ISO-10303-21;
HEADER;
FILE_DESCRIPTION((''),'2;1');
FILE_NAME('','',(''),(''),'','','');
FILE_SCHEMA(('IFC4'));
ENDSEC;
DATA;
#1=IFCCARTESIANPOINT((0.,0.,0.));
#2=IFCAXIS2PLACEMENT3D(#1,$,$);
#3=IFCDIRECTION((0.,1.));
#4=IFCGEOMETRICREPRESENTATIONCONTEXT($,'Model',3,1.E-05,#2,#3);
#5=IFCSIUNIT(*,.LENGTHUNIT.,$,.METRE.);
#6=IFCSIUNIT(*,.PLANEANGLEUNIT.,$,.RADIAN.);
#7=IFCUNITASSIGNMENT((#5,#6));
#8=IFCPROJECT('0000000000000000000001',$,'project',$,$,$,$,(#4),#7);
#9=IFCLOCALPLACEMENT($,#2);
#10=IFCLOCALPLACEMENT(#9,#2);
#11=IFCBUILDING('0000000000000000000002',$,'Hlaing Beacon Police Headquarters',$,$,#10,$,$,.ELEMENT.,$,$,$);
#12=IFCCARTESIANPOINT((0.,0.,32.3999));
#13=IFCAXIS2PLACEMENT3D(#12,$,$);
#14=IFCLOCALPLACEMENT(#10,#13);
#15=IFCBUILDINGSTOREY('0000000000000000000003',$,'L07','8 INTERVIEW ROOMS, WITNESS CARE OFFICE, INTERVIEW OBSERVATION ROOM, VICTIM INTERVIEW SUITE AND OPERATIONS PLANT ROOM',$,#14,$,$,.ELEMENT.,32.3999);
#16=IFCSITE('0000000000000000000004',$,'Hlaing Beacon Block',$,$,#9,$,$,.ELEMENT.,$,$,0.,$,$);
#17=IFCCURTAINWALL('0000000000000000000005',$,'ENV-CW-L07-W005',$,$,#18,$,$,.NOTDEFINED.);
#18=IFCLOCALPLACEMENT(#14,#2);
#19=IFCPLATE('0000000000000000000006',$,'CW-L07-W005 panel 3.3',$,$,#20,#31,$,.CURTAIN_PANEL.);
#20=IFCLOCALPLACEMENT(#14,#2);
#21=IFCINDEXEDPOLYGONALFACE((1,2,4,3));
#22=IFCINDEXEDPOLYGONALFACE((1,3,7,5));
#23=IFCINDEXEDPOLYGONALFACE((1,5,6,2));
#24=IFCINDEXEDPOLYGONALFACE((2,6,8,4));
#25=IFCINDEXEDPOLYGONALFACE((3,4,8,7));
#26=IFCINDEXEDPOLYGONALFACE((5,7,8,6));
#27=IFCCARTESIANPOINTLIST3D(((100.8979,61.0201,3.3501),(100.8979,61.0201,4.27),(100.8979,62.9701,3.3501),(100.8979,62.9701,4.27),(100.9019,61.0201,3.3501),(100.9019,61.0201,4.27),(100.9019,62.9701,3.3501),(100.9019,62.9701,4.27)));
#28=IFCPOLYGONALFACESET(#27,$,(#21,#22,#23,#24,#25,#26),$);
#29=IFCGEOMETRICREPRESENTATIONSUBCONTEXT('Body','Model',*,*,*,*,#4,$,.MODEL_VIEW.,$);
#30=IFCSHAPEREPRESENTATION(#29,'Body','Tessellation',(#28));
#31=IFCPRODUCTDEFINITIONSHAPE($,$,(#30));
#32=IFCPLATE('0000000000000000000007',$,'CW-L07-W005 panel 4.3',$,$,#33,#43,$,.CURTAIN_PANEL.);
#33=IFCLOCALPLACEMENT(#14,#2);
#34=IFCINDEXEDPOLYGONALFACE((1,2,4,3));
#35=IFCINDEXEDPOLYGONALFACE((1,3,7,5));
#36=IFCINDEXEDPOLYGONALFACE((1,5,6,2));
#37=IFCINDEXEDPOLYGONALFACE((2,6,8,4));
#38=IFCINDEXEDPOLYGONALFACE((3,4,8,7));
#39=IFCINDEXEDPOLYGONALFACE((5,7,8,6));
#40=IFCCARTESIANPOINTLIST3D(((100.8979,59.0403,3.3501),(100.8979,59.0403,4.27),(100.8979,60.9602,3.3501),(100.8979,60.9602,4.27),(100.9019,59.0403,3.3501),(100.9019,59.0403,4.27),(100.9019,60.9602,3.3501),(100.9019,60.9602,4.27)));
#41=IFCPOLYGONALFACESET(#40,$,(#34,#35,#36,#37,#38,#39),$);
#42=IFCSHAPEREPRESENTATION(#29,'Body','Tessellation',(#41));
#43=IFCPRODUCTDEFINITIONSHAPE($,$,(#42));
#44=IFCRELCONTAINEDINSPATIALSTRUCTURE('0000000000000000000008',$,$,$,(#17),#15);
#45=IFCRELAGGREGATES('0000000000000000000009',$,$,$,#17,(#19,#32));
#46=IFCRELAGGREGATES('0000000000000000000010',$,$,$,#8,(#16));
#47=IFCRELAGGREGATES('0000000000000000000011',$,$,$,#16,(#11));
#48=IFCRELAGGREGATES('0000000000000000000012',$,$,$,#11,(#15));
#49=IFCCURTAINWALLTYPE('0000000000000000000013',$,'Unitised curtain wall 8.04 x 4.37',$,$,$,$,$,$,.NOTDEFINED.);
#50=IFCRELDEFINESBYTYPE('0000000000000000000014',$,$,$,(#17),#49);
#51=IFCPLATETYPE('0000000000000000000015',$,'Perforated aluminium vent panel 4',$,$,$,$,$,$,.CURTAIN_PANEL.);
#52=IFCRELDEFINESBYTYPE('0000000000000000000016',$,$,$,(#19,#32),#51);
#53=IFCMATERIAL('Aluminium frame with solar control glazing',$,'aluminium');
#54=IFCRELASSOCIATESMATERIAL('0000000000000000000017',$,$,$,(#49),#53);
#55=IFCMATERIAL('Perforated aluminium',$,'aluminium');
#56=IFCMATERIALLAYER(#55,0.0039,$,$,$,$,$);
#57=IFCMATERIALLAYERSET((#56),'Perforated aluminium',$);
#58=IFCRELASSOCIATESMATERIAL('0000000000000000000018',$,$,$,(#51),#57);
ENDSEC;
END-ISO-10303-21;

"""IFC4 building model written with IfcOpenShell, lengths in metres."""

from ifc_helpers import new_model, si_unit, direction, frame, origin, origin_2d, place, context, subcontext, project, spatial, rectangle, extrude, material, layer, layer_set, type_object, element, aggregate, save


model = new_model("IFC4")

# Units and contexts
model_context = context("Model", 3, precision=1e-05, world=origin(), true_north=direction((0.0, 1.0)))
body_context = subcontext(model_context, "Body", "Model", "MODEL_VIEW")
ifc_project = project(units=[si_unit("LENGTHUNIT", "METRE"), si_unit("PLANEANGLEUNIT", "RADIAN")], contexts=[model_context])

# Site, building, storey
site_placement = place(None, origin())
site = spatial("IfcSite", under=ifc_project, at=site_placement, Name="Hlaing Beacon Block", CompositionType="ELEMENT", RefElevation=0.0)
building_placement = place(site_placement, origin())
building = spatial("IfcBuilding", under=site, at=building_placement, Name="Hlaing Beacon Police Headquarters", CompositionType="ELEMENT")
storey_placement = place(building_placement, frame((0.0, 0.0, 32.3999)))
storey = spatial("IfcBuildingStorey", under=building, at=storey_placement, Name="L07", Description="8 INTERVIEW ROOMS, WITNESS CARE OFFICE, INTERVIEW OBSERVATION ROOM, VICTIM INTERVIEW SUITE AND OPERATIONS PLANT ROOM", CompositionType="ELEMENT", Elevation=32.3999)

# Curtain wall, plates
ifc_material_1 = material(Name="Aluminium frame with solar control glazing", Category="aluminium")
curtain_wall_type = type_object("IfcCurtainWallType", Name="Unitised curtain wall 8.04 x 4.37", PredefinedType="NOTDEFINED", material=ifc_material_1)
curtain_wall_placement = place(storey_placement, origin())
curtain_wall = element("IfcCurtainWall", 1, at=curtain_wall_placement, inside=storey, type_object=curtain_wall_type, Name="ENV-CW-L07-W005", PredefinedType="NOTDEFINED")
ifc_material_2 = material(Name="Perforated aluminium", Category="aluminium")
ifc_layer_1 = layer(ifc_material_2, 0.0039)
ifc_layer_set_1 = layer_set([ifc_layer_1], Name="Perforated aluminium")
plate_type_1 = type_object("IfcPlateType", Name="Perforated aluminium vent panel 4", PredefinedType="CURTAIN_PANEL", material=ifc_layer_set_1)
plate_1_placement = place(storey_placement, frame((100.8999, 61.9951, 3.3501), z_axis=(0.0, 0.0, 1.0), x_axis=(0.0, -1.0, 0.0)))
plate_1 = element("IfcPlate", 2, at=plate_1_placement, type_object=plate_type_1, Name="CW-L07-W005 panel 3.3", PredefinedType="CURTAIN_PANEL", context=body_context, shape_type="SweptSolid", body=[
    extrude(rectangle(XDim=1.95, YDim=0.0039, at=origin_2d()), origin(), (0.0, 0.0, 1.0), 0.9199),
])
plate_2_placement = place(storey_placement, frame((100.8999, 60.0002, 3.3501), z_axis=(0.0, 0.0, 1.0), x_axis=(0.0, -1.0, 0.0)))
plate_2 = element("IfcPlate", 3, at=plate_2_placement, type_object=plate_type_1, Name="CW-L07-W005 panel 4.3", PredefinedType="CURTAIN_PANEL", context=body_context, shape_type="SweptSolid", body=[
    extrude(rectangle(XDim=1.9199, YDim=0.0039, at=origin_2d()), origin(), (0.0, 0.0, 1.0), 0.9199),
])
aggregate(curtain_wall, [plate_1, plate_2])

save(model, "model.ifc")
